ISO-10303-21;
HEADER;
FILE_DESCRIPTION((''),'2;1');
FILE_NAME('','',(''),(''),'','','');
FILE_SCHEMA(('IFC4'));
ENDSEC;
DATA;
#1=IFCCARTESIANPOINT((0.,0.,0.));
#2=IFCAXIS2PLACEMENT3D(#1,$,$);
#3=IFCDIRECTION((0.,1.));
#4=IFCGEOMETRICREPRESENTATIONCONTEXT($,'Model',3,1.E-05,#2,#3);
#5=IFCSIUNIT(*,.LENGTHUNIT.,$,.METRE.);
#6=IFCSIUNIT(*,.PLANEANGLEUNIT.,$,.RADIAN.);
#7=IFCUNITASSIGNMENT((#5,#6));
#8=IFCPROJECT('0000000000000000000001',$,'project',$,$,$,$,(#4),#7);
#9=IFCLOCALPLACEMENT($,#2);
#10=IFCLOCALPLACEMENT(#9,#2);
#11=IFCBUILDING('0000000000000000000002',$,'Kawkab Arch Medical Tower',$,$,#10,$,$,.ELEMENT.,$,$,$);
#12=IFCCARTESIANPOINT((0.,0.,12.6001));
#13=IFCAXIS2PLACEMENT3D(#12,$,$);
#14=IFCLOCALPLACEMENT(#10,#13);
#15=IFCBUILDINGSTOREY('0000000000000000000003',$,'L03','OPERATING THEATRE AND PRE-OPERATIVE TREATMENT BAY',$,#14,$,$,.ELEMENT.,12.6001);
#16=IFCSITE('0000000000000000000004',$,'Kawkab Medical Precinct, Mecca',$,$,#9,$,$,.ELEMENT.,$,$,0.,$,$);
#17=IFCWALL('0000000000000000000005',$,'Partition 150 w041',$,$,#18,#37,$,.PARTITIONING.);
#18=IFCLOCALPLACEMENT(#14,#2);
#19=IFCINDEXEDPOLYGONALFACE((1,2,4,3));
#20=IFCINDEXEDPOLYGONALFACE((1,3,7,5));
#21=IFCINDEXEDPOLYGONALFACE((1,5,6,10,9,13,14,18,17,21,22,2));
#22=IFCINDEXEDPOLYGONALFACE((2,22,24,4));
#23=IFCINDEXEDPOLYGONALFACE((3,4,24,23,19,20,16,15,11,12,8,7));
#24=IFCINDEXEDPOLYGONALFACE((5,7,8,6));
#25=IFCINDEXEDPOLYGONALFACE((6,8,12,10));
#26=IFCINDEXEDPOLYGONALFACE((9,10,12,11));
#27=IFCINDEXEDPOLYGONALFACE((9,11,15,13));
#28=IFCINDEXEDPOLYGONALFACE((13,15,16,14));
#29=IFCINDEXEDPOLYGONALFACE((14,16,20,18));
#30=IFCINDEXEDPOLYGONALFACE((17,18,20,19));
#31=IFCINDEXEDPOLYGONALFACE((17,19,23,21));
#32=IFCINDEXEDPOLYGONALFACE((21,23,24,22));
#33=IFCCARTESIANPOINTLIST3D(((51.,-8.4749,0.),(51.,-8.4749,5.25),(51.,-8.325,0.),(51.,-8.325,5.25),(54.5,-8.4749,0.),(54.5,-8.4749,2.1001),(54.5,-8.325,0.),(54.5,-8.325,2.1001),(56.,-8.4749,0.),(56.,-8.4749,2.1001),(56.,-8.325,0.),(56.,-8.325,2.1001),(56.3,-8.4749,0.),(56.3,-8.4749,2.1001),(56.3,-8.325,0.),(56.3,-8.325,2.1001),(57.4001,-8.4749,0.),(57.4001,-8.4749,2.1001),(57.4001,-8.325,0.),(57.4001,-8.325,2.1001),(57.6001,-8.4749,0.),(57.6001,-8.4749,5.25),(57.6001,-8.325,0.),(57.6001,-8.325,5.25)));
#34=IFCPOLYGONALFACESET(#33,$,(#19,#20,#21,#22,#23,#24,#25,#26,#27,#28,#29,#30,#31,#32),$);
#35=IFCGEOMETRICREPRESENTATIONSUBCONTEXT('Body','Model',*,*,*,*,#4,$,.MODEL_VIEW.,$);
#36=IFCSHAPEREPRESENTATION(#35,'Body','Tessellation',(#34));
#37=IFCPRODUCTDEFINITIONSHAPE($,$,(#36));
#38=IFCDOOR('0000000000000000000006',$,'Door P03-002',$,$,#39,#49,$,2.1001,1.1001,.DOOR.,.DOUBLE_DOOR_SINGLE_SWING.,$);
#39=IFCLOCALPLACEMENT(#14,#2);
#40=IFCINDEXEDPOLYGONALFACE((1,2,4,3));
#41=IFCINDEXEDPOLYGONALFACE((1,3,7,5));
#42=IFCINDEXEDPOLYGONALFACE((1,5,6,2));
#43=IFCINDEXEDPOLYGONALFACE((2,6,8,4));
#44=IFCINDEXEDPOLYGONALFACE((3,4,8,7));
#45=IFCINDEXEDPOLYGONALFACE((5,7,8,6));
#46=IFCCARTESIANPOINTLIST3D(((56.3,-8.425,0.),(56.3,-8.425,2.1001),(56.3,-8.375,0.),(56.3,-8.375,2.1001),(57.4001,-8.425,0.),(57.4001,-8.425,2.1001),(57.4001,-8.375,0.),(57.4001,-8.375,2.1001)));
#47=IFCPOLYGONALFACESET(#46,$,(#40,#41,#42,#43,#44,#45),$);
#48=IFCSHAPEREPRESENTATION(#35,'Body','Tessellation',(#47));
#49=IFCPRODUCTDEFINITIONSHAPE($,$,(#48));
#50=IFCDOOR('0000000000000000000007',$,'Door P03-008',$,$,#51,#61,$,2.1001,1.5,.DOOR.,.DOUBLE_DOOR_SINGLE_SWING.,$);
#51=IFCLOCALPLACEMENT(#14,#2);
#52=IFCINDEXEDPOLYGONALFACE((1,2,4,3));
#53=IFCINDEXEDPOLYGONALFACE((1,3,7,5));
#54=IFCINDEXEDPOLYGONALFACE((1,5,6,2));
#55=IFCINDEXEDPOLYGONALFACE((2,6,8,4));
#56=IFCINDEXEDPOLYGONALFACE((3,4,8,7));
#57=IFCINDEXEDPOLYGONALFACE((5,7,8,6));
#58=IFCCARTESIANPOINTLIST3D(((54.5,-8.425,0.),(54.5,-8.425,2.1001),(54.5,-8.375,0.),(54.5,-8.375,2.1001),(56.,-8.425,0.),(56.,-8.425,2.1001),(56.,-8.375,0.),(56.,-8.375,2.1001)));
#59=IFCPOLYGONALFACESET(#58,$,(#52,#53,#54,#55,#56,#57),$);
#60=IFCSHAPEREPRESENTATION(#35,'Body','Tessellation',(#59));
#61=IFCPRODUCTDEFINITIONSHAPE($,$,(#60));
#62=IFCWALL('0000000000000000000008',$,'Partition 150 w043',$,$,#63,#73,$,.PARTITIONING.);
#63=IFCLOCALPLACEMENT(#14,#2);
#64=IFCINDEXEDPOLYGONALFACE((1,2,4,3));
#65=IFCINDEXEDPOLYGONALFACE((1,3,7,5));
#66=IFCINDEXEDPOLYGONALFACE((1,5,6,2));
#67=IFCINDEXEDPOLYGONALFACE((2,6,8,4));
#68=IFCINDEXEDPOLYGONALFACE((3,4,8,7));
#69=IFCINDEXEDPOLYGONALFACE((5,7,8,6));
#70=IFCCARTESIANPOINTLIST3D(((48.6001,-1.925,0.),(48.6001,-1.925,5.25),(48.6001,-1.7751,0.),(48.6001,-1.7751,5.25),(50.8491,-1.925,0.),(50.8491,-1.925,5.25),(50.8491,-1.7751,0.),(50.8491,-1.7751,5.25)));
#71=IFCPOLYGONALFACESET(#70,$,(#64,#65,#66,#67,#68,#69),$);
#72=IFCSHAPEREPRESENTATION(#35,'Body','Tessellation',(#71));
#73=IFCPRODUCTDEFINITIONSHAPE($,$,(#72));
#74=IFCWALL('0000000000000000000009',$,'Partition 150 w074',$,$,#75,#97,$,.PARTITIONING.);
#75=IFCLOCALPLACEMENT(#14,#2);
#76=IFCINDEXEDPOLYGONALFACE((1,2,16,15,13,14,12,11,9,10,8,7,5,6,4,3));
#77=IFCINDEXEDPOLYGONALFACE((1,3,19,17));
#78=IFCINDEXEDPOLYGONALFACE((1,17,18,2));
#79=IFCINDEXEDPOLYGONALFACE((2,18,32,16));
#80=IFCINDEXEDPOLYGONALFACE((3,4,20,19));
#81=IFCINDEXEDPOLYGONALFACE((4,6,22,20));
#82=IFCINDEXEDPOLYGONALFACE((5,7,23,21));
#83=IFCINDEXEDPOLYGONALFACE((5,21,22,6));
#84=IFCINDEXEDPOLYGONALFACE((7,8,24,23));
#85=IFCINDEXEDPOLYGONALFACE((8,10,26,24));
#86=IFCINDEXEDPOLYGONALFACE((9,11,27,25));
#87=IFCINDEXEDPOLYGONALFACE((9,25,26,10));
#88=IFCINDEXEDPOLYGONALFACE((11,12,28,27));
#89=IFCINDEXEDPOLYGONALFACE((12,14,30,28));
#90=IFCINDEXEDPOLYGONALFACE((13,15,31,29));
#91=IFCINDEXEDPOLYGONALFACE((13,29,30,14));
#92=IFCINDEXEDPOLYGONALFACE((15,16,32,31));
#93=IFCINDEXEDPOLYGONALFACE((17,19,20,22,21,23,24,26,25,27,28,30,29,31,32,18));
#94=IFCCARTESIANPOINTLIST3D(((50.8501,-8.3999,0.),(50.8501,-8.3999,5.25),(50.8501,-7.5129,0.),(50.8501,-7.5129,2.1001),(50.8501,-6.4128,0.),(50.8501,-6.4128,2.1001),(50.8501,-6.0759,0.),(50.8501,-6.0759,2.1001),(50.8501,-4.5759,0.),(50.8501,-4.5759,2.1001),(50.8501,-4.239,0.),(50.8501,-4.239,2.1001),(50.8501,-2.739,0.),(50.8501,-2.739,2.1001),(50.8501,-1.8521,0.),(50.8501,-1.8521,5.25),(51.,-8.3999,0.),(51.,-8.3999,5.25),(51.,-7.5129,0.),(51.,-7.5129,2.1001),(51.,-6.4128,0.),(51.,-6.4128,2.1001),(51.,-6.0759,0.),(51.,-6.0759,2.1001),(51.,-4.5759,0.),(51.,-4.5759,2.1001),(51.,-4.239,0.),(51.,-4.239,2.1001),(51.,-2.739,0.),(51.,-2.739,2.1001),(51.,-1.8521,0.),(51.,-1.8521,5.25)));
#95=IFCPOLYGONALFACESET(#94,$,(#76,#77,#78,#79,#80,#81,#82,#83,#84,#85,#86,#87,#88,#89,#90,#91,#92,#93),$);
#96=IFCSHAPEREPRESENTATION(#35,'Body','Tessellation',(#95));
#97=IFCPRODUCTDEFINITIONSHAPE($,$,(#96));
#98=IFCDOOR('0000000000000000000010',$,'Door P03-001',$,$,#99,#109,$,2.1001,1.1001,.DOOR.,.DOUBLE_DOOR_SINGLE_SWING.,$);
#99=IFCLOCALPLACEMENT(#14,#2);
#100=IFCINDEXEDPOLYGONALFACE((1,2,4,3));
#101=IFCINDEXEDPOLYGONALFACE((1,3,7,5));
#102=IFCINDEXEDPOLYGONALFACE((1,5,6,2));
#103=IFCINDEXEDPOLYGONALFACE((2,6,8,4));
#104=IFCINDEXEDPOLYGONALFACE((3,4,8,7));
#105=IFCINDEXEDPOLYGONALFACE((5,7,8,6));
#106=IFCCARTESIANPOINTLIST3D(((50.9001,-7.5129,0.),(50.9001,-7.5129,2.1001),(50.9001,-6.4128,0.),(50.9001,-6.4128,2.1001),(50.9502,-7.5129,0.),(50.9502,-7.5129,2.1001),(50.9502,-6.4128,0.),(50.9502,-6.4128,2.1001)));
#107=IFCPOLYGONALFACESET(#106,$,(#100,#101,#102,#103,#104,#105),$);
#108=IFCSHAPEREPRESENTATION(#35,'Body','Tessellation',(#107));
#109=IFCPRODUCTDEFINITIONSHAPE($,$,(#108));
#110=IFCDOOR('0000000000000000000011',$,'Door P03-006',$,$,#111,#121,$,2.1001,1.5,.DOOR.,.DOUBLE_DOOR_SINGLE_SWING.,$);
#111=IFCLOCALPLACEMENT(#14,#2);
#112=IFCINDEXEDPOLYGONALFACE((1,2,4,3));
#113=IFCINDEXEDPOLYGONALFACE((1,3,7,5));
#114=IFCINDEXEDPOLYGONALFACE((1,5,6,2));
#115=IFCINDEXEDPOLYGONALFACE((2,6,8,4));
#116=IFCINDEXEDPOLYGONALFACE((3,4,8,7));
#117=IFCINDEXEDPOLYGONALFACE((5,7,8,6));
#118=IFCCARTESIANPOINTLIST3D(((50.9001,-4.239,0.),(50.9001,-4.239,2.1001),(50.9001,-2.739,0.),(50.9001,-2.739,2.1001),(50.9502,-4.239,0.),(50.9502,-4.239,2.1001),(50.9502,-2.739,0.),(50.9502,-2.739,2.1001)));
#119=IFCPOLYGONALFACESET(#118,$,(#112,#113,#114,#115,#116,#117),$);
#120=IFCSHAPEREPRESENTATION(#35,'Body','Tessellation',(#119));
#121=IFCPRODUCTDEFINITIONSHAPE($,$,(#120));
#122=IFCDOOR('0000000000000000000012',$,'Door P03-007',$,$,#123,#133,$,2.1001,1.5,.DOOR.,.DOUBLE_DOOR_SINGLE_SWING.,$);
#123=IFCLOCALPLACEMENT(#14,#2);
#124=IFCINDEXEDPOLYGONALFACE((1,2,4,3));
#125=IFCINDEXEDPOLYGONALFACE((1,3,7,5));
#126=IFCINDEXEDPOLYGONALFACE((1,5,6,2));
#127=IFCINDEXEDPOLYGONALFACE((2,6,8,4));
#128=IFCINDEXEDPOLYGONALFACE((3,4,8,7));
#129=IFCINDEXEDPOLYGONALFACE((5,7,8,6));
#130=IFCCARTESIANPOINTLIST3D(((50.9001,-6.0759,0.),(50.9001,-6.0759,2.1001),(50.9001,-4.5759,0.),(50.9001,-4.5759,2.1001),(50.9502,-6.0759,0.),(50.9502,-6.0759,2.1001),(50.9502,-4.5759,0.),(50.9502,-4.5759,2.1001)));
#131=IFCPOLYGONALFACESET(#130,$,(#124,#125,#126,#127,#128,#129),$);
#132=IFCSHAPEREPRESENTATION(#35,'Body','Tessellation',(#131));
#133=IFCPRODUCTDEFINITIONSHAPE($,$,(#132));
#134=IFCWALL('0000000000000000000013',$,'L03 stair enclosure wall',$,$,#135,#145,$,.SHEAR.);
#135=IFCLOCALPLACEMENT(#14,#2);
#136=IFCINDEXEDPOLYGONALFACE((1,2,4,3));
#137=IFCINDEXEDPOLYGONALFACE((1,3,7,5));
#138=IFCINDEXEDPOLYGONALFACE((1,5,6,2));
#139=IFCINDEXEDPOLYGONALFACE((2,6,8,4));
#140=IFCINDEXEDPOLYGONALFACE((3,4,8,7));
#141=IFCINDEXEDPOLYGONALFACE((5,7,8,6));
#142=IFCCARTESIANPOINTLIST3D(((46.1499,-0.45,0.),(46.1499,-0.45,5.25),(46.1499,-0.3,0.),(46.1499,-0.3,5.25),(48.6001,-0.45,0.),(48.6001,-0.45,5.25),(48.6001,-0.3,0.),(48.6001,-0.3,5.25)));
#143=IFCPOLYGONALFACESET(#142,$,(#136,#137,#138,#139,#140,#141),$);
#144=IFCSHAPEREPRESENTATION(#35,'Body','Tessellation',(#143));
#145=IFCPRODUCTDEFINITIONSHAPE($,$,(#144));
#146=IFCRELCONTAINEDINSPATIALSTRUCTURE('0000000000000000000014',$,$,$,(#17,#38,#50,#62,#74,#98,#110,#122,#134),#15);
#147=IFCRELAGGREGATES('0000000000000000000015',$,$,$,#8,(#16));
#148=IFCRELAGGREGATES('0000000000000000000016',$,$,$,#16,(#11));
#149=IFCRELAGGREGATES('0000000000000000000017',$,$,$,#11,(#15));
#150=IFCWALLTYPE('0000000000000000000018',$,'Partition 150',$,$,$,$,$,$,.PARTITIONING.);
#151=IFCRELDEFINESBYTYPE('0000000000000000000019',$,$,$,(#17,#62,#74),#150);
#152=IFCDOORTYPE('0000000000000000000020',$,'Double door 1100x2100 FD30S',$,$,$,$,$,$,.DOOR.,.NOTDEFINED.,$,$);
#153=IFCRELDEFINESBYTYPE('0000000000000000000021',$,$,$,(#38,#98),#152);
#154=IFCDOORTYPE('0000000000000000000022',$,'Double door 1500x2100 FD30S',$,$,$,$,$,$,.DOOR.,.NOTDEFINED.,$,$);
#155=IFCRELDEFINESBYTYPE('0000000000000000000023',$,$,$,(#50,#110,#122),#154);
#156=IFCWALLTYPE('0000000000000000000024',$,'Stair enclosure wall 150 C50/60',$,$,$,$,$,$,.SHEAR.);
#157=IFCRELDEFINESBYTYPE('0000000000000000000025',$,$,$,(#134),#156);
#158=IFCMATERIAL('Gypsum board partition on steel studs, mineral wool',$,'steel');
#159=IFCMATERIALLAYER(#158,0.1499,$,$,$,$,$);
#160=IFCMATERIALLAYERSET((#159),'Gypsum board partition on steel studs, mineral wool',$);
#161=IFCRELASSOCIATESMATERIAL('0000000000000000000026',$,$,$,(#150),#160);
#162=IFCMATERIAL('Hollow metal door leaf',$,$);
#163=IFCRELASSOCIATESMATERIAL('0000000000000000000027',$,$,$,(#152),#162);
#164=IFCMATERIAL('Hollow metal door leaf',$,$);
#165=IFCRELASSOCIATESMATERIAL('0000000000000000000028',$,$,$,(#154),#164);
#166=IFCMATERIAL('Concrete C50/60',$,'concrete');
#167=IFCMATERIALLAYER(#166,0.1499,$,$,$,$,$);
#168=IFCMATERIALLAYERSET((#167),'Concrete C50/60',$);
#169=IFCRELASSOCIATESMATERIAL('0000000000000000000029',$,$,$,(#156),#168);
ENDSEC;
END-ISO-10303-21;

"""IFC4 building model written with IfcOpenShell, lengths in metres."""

from ifc_helpers import new_model, si_unit, direction, frame, frame_2d, origin, place, context, subcontext, project, spatial, rectangle, extrude, material, layer, layer_set, type_object, element, fill, save


model = new_model("IFC4")

# Units and contexts
model_context = context("Model", 3, precision=1e-05, world=origin(), true_north=direction((0.0, 1.0)))
body_context = subcontext(model_context, "Body", "Model", "MODEL_VIEW")
ifc_project = project(units=[si_unit("LENGTHUNIT", "METRE"), si_unit("PLANEANGLEUNIT", "RADIAN")], contexts=[model_context])

# Site, building, storey
site_placement = place(None, origin())
site = spatial("IfcSite", under=ifc_project, at=site_placement, Name="Kawkab Medical Precinct, Mecca", CompositionType="ELEMENT", RefElevation=0.0)
building_placement = place(site_placement, origin())
building = spatial("IfcBuilding", under=site, at=building_placement, Name="Kawkab Arch Medical Tower", CompositionType="ELEMENT")
storey_placement = place(building_placement, frame((0.0, 0.0, 12.6001)))
storey = spatial("IfcBuildingStorey", under=building, at=storey_placement, Name="L03", Description="OPERATING THEATRE AND PRE-OPERATIVE TREATMENT BAY", CompositionType="ELEMENT", Elevation=12.6001)

# Wall, openings, doors
ifc_material_1 = material(Name="Gypsum board partition on steel studs, mineral wool", Category="steel")
ifc_layer_1 = layer(ifc_material_1, 0.1499)
ifc_layer_set_1 = layer_set([ifc_layer_1], Name="Gypsum board partition on steel studs, mineral wool")
wall_type_1 = type_object("IfcWallType", Name="Partition 150", PredefinedType="PARTITIONING", material=ifc_layer_set_1)
wall_1_placement = place(storey_placement, frame((51.0, -8.3999, 0.0), z_axis=(0.0, 0.0, 1.0), x_axis=(1.0, 0.0, 0.0)))
wall_1 = element("IfcWall", 1, at=wall_1_placement, inside=storey, type_object=wall_type_1, Name="Partition 150 w041", PredefinedType="PARTITIONING", context=body_context, shape_type="SweptSolid", body=[
    extrude(rectangle(XDim=6.6001, YDim=0.1499, at=frame_2d((3.3, 0.0))), origin(), (0.0, 0.0, 1.0), 5.25),
])
opening_1_placement = place(wall_1_placement, frame((3.5, 0.0, 0.0)))
opening_1 = element("IfcOpeningElement", 2, at=opening_1_placement, cuts=wall_1, PredefinedType="OPENING", context=body_context, shape_type="SweptSolid", body=[
    extrude(rectangle(XDim=1.5, YDim=2.1001, at=frame_2d((0.75, 1.05))), frame((0.0, 0.085, 0.0), z_axis=(0.0, -1.0, 0.0), x_axis=(1.0, 0.0, 0.0)), (0.0, 0.0, 1.0), 0.1699),
])
opening_2_placement = place(wall_1_placement, frame((5.3, 0.0, 0.0)))
opening_2 = element("IfcOpeningElement", 3, at=opening_2_placement, cuts=wall_1, PredefinedType="OPENING", context=body_context, shape_type="SweptSolid", body=[
    extrude(rectangle(XDim=1.1001, YDim=2.1001, at=frame_2d((0.55, 1.05))), frame((0.0, 0.085, 0.0), z_axis=(0.0, -1.0, 0.0), x_axis=(1.0, 0.0, 0.0)), (0.0, 0.0, 1.0), 0.1699),
])
ifc_material_2 = material(Name="Hollow metal door leaf")
door_type_1 = type_object("IfcDoorType", Name="Double door 1100x2100 FD30S", OperationType="NOTDEFINED", PredefinedType="DOOR", material=ifc_material_2)
door_1_placement = place(opening_2_placement, origin())
door_1 = element("IfcDoor", 4, at=door_1_placement, inside=storey, type_object=door_type_1, Name="Door P03-002", OperationType="DOUBLE_DOOR_SINGLE_SWING", OverallHeight=2.1001, OverallWidth=1.1001, PredefinedType="DOOR", context=body_context, shape_type="SweptSolid", body=[
    extrude(rectangle(XDim=1.1001, YDim=2.1001, at=frame_2d((0.55, 1.05))), frame((0.0, 0.0249, 0.0), z_axis=(0.0, -1.0, 0.0), x_axis=(1.0, 0.0, 0.0)), (0.0, 0.0, 1.0), 0.05),
])
fill(opening_2, door_1)
ifc_material_3 = material(Name="Hollow metal door leaf")
door_type_2 = type_object("IfcDoorType", Name="Double door 1500x2100 FD30S", OperationType="NOTDEFINED", PredefinedType="DOOR", material=ifc_material_3)
door_2_placement = place(opening_1_placement, origin())
door_2 = element("IfcDoor", 5, at=door_2_placement, inside=storey, type_object=door_type_2, Name="Door P03-008", OperationType="DOUBLE_DOOR_SINGLE_SWING", OverallHeight=2.1001, OverallWidth=1.5, PredefinedType="DOOR", context=body_context, shape_type="SweptSolid", body=[
    extrude(rectangle(XDim=1.5, YDim=2.1001, at=frame_2d((0.75, 1.05))), frame((0.0, 0.0249, 0.0), z_axis=(0.0, -1.0, 0.0), x_axis=(1.0, 0.0, 0.0)), (0.0, 0.0, 1.0), 0.05),
])
fill(opening_1, door_2)

# Wall
wall_2_placement = place(storey_placement, frame((48.6001, -1.8501, 0.0), z_axis=(0.0, 0.0, 1.0), x_axis=(1.0, 0.0, 0.0)))
element("IfcWall", 6, at=wall_2_placement, inside=storey, type_object=wall_type_1, Name="Partition 150 w043", PredefinedType="PARTITIONING", context=body_context, shape_type="SweptSolid", body=[
    extrude(rectangle(XDim=2.249, YDim=0.1499, at=frame_2d((1.1245, 0.0))), origin(), (0.0, 0.0, 1.0), 5.25),
])

# Wall, openings, doors
wall_3_placement = place(storey_placement, frame((50.925, -8.3999, 0.0), z_axis=(0.0, 0.0, 1.0), x_axis=(0.0, 1.0, 0.0)))
wall_3 = element("IfcWall", 7, at=wall_3_placement, inside=storey, type_object=wall_type_1, Name="Partition 150 w074", PredefinedType="PARTITIONING", context=body_context, shape_type="SweptSolid", body=[
    extrude(rectangle(XDim=6.5479, YDim=0.1499, at=frame_2d((3.2739, 0.0))), origin(), (0.0, 0.0, 1.0), 5.25),
])
opening_3_placement = place(wall_3_placement, frame((4.1609, 0.0, 0.0)))
opening_3 = element("IfcOpeningElement", 8, at=opening_3_placement, cuts=wall_3, PredefinedType="OPENING", context=body_context, shape_type="SweptSolid", body=[
    extrude(rectangle(XDim=1.5, YDim=2.1001, at=frame_2d((0.75, 1.05))), frame((0.0, 0.085, 0.0), z_axis=(0.0, -1.0, 0.0), x_axis=(1.0, 0.0, 0.0)), (0.0, 0.0, 1.0), 0.1699),
])
opening_4_placement = place(wall_3_placement, frame((2.324, 0.0, 0.0)))
opening_4 = element("IfcOpeningElement", 9, at=opening_4_placement, cuts=wall_3, PredefinedType="OPENING", context=body_context, shape_type="SweptSolid", body=[
    extrude(rectangle(XDim=1.5, YDim=2.1001, at=frame_2d((0.75, 1.05))), frame((0.0, 0.085, 0.0), z_axis=(0.0, -1.0, 0.0), x_axis=(1.0, 0.0, 0.0)), (0.0, 0.0, 1.0), 0.1699),
])
opening_5_placement = place(wall_3_placement, frame((0.887, 0.0, 0.0)))
opening_5 = element("IfcOpeningElement", 10, at=opening_5_placement, cuts=wall_3, PredefinedType="OPENING", context=body_context, shape_type="SweptSolid", body=[
    extrude(rectangle(XDim=1.1001, YDim=2.1001, at=frame_2d((0.55, 1.05))), frame((0.0, 0.085, 0.0), z_axis=(0.0, -1.0, 0.0), x_axis=(1.0, 0.0, 0.0)), (0.0, 0.0, 1.0), 0.1699),
])
door_3_placement = place(opening_5_placement, origin())
door_3 = element("IfcDoor", 11, at=door_3_placement, inside=storey, type_object=door_type_1, Name="Door P03-001", OperationType="DOUBLE_DOOR_SINGLE_SWING", OverallHeight=2.1001, OverallWidth=1.1001, PredefinedType="DOOR", context=body_context, shape_type="SweptSolid", body=[
    extrude(rectangle(XDim=1.1001, YDim=2.1001, at=frame_2d((0.55, 1.05))), frame((0.0, 0.0249, 0.0), z_axis=(0.0, -1.0, 0.0), x_axis=(1.0, 0.0, 0.0)), (0.0, 0.0, 1.0), 0.05),
])
fill(opening_5, door_3)
door_4_placement = place(opening_3_placement, origin())
door_4 = element("IfcDoor", 12, at=door_4_placement, inside=storey, type_object=door_type_2, Name="Door P03-006", OperationType="DOUBLE_DOOR_SINGLE_SWING", OverallHeight=2.1001, OverallWidth=1.5, PredefinedType="DOOR", context=body_context, shape_type="SweptSolid", body=[
    extrude(rectangle(XDim=1.5, YDim=2.1001, at=frame_2d((0.75, 1.05))), frame((0.0, 0.0249, 0.0), z_axis=(0.0, -1.0, 0.0), x_axis=(1.0, 0.0, 0.0)), (0.0, 0.0, 1.0), 0.05),
])
fill(opening_3, door_4)
door_5_placement = place(opening_4_placement, origin())
door_5 = element("IfcDoor", 13, at=door_5_placement, inside=storey, type_object=door_type_2, Name="Door P03-007", OperationType="DOUBLE_DOOR_SINGLE_SWING", OverallHeight=2.1001, OverallWidth=1.5, PredefinedType="DOOR", context=body_context, shape_type="SweptSolid", body=[
    extrude(rectangle(XDim=1.5, YDim=2.1001, at=frame_2d((0.75, 1.05))), frame((0.0, 0.0249, 0.0), z_axis=(0.0, -1.0, 0.0), x_axis=(1.0, 0.0, 0.0)), (0.0, 0.0, 1.0), 0.05),
])
fill(opening_4, door_5)

# Wall
ifc_material_4 = material(Name="Concrete C50/60", Category="concrete")
ifc_layer_2 = layer(ifc_material_4, 0.1499)
ifc_layer_set_2 = layer_set([ifc_layer_2], Name="Concrete C50/60")
wall_type_2 = type_object("IfcWallType", Name="Stair enclosure wall 150 C50/60", PredefinedType="SHEAR", material=ifc_layer_set_2)
wall_4_placement = place(storey_placement, frame((46.1499, -0.375, 0.0), z_axis=(0.0, 0.0, 1.0), x_axis=(1.0, 0.0, 0.0)))
element("IfcWall", 14, at=wall_4_placement, inside=storey, type_object=wall_type_2, Name="L03 stair enclosure wall", PredefinedType="SHEAR", context=body_context, shape_type="SweptSolid", body=[
    extrude(rectangle(XDim=2.4502, YDim=0.1499, at=frame_2d((1.2251, 0.0))), origin(), (0.0, 0.0, 1.0), 5.25),
])

save(model, "model.ifc")
